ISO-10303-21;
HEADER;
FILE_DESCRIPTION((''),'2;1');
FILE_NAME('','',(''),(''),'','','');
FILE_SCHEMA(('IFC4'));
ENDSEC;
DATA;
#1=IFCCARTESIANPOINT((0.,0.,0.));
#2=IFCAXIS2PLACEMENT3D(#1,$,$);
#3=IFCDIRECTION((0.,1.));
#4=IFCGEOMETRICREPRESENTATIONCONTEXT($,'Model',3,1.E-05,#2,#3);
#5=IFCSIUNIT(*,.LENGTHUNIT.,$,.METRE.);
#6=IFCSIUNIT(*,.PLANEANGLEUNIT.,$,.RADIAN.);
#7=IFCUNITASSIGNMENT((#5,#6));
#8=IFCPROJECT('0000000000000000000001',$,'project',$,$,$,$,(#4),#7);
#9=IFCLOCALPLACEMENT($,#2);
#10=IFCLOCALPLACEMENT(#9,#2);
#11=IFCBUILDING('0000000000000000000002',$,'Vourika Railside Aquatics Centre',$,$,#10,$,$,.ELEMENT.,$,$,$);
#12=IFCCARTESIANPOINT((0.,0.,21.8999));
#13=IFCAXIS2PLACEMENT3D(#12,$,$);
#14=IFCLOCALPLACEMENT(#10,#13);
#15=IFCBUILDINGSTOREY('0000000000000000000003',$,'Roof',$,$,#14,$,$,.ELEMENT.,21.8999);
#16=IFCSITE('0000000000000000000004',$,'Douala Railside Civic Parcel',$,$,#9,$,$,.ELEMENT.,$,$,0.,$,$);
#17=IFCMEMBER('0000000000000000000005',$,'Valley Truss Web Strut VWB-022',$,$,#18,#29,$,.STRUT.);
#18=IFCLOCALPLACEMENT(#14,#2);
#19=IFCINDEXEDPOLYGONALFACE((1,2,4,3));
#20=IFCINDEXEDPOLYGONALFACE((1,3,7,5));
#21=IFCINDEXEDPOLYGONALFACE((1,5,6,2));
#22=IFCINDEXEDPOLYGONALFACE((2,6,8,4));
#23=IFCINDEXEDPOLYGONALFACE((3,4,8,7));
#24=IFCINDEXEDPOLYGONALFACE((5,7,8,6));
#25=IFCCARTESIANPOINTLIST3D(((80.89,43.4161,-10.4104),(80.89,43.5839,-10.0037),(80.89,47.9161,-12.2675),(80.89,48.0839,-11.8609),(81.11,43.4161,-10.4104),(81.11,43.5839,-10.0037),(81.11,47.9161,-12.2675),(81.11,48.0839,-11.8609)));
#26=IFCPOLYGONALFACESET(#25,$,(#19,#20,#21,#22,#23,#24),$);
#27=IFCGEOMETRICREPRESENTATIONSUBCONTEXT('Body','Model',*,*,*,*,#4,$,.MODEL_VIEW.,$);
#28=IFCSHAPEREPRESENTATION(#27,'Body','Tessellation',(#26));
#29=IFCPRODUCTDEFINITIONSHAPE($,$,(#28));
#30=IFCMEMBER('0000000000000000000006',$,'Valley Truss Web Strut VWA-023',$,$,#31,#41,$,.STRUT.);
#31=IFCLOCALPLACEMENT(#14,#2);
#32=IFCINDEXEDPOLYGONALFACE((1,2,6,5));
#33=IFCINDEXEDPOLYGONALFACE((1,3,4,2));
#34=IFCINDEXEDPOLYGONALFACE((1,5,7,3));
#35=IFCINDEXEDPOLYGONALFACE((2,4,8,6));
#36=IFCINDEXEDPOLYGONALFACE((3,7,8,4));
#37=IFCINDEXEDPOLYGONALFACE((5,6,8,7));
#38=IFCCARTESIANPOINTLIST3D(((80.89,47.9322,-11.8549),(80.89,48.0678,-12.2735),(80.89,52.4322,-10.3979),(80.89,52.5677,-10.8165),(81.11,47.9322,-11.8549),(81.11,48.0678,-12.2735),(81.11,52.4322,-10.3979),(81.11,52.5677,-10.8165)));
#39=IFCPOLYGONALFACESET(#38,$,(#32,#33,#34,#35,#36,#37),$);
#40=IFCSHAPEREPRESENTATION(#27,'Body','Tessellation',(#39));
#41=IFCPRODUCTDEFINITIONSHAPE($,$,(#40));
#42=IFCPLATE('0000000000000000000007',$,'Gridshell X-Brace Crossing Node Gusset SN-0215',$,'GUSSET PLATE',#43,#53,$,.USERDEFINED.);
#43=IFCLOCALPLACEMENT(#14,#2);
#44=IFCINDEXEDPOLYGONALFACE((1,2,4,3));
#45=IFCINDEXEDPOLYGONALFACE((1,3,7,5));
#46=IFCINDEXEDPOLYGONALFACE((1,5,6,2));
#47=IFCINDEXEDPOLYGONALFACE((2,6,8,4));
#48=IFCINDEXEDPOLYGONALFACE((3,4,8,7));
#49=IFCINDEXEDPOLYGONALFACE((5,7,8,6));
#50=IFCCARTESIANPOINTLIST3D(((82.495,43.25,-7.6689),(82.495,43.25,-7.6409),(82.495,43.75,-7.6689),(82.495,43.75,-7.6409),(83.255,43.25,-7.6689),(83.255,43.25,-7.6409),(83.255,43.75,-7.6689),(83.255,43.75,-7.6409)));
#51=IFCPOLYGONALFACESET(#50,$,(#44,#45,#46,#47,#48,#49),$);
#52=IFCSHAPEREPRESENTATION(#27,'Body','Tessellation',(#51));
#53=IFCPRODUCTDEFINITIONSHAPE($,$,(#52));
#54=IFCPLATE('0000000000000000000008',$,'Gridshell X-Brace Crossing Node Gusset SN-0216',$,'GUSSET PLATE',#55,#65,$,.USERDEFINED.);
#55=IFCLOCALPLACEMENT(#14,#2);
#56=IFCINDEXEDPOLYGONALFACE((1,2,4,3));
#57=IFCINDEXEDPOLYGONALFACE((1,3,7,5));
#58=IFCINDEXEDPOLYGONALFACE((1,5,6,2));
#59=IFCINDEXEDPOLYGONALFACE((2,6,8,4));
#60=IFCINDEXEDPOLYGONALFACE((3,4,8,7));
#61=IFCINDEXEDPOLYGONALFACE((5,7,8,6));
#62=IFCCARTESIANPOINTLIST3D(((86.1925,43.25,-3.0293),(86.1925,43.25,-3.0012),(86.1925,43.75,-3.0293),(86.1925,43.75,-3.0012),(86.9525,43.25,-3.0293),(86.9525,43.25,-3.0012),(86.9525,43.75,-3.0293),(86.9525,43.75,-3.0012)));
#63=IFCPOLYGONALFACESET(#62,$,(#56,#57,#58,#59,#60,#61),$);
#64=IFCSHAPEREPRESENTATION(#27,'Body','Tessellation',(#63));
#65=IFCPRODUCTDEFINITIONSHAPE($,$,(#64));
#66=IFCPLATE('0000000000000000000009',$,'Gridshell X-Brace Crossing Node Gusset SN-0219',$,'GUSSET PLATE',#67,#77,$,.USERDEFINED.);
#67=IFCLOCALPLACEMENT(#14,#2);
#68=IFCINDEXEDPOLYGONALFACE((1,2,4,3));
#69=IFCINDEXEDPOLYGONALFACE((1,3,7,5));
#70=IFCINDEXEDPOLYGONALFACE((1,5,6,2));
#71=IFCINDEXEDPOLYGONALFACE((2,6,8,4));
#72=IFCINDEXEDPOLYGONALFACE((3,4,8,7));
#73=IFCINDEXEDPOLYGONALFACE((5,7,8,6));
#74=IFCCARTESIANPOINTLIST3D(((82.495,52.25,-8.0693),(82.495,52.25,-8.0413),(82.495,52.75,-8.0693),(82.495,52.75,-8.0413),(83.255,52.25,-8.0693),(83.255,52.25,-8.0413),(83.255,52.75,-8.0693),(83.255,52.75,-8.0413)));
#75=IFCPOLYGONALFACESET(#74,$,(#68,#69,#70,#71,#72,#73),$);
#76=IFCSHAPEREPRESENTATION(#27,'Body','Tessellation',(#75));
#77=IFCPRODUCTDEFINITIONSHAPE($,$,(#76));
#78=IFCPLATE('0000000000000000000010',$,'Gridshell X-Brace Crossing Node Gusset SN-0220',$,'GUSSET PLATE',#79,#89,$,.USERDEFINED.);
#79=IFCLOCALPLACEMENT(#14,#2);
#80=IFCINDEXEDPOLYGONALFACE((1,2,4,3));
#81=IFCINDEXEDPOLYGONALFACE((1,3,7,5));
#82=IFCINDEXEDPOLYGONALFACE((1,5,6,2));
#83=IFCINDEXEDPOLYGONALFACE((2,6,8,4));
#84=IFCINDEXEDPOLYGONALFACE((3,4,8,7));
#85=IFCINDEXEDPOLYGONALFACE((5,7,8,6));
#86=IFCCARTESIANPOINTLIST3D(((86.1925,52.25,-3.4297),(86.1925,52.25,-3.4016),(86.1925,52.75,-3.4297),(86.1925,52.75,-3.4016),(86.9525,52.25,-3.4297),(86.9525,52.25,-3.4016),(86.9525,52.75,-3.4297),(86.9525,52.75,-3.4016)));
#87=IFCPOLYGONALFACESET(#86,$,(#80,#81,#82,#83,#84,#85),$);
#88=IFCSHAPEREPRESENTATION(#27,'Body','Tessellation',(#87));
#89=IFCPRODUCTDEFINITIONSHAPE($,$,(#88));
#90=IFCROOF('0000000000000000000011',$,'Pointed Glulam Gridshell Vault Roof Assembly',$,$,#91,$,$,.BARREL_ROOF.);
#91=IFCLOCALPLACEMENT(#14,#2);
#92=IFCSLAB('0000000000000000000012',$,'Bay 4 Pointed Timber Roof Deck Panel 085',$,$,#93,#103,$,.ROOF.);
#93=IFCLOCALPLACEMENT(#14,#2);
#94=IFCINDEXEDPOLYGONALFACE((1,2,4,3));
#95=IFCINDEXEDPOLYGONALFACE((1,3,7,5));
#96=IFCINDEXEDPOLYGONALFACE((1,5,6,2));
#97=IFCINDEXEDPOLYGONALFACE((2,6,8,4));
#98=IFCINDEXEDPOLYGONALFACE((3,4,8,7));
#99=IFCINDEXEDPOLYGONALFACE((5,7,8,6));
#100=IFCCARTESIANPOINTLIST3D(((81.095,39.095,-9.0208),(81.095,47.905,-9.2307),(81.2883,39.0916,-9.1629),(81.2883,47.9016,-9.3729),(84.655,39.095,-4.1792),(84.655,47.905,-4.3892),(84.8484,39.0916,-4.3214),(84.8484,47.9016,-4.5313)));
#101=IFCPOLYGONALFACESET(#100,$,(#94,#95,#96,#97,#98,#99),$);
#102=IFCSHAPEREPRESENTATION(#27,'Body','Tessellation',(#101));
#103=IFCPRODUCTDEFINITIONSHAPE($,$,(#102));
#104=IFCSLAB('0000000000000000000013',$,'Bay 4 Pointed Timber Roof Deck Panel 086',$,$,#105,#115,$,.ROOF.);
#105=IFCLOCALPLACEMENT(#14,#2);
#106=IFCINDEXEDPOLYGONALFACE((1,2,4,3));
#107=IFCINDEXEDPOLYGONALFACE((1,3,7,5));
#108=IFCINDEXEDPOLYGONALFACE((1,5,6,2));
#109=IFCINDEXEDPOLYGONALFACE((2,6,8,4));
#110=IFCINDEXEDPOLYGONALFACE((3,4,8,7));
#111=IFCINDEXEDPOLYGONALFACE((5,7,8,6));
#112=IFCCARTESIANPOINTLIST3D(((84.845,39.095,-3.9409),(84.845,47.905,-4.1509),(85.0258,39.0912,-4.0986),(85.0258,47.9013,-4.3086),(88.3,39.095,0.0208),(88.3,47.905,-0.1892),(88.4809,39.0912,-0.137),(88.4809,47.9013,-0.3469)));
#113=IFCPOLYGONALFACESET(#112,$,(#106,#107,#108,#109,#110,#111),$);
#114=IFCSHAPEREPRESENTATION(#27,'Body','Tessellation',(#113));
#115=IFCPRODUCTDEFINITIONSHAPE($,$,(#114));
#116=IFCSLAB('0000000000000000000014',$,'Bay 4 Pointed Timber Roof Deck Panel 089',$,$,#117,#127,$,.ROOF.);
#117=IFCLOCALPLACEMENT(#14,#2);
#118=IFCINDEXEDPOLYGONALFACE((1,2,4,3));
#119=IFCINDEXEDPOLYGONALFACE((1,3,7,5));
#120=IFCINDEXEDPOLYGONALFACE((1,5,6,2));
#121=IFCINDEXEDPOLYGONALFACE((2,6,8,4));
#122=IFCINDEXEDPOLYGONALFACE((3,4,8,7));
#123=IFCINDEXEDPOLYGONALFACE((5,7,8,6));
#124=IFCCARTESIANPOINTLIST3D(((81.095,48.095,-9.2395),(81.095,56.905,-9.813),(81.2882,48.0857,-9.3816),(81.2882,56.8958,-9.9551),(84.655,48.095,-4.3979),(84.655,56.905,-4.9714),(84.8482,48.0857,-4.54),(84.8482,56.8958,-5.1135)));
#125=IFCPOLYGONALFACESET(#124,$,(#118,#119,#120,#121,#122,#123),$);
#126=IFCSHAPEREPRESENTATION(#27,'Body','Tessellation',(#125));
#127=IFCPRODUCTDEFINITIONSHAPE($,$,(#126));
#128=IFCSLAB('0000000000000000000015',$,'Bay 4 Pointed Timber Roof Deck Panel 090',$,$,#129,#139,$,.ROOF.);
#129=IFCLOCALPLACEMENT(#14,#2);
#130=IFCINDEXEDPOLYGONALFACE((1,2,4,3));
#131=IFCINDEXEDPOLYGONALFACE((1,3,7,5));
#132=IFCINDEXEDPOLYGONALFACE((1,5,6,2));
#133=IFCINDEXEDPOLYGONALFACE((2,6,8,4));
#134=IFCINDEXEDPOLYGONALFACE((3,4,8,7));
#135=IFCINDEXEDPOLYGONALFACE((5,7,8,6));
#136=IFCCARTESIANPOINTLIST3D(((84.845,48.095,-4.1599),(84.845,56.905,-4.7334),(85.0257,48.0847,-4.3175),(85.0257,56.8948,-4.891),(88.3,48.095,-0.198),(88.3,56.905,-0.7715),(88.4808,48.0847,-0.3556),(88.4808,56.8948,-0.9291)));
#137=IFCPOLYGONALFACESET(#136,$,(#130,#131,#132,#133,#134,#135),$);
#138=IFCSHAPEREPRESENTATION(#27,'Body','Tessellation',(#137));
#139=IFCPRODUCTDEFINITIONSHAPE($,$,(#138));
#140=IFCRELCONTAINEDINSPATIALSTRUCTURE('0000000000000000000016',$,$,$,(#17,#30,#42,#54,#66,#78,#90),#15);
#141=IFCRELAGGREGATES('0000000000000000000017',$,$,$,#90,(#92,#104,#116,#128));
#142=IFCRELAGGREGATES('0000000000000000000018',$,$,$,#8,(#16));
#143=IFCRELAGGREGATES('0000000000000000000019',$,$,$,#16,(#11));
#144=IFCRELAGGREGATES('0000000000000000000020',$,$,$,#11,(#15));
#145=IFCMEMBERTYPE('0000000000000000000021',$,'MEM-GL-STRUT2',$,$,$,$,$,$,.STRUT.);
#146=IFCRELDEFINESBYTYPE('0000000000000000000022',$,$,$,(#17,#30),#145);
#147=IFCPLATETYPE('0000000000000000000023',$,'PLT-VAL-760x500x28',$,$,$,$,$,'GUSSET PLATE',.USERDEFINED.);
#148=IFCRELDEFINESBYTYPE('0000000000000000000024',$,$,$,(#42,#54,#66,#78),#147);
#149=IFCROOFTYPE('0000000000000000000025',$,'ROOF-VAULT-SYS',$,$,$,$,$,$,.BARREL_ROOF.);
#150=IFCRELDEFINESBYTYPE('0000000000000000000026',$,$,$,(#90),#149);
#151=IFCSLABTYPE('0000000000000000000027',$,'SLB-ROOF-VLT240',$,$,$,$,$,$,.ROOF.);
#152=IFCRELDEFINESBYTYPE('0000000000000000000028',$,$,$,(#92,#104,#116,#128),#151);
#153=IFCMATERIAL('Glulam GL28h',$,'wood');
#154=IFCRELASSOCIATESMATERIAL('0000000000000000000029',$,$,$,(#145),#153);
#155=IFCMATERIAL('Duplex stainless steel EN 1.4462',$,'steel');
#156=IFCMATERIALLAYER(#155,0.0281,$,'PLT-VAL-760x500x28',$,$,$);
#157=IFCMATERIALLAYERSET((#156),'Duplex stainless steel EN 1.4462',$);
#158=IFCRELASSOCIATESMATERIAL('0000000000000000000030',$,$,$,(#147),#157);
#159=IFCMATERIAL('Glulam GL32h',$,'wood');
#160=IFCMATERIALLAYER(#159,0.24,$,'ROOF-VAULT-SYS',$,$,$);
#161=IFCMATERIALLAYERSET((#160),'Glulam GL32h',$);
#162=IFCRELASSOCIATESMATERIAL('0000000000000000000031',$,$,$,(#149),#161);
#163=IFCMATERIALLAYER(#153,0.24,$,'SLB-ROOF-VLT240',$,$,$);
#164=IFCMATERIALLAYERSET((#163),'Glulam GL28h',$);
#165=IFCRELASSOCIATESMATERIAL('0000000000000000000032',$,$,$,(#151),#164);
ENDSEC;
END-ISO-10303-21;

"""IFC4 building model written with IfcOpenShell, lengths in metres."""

from ifc_helpers import new_model, si_unit, direction, frame, origin, origin_2d, place, context, subcontext, project, spatial, polyline, rectangle, outline, extrude, material, layer, layer_set, material_profile, profile_set, type_object, element, aggregate, save


model = new_model("IFC4")

# Units and contexts
model_context = context("Model", 3, precision=1e-05, world=origin(), true_north=direction((0.0, 1.0)))
body_context = subcontext(model_context, "Body", "Model", "MODEL_VIEW")
ifc_project = project(units=[si_unit("LENGTHUNIT", "METRE"), si_unit("PLANEANGLEUNIT", "RADIAN")], contexts=[model_context])

# Site, building, storey
site_placement = place(None, origin())
site = spatial("IfcSite", under=ifc_project, at=site_placement, Name="Douala Railside Civic Parcel", CompositionType="ELEMENT", RefElevation=0.0)
building_placement = place(site_placement, origin())
building = spatial("IfcBuilding", under=site, at=building_placement, Name="Vourika Railside Aquatics Centre", CompositionType="ELEMENT")
storey_placement = place(building_placement, frame((0.0, 0.0, 21.8999)))
storey = spatial("IfcBuildingStorey", under=building, at=storey_placement, Name="Roof", CompositionType="ELEMENT", Elevation=21.8999)

# Shared definitions
ifc_material_1 = material(Name="Glulam GL32h", Category="wood")

# Members
ifc_material_2 = material(Name="Glulam GL28h", Category="wood")
ifc_material_profile_1 = material_profile(ifc_material_2, rectangle(XDim=0.22, YDim=0.4399, at=origin_2d()), Name="GL28h 220x440")
ifc_profile_set_1 = profile_set([ifc_material_profile_1], Name="Glulam GL28h")
member_type_1 = type_object("IfcMemberType", Name="MEM-GL-STRUT2", PredefinedType="STRUT", material=ifc_profile_set_1)
member_1_placement = place(storey_placement, frame((81.0, 43.5, -10.207), z_axis=(0.0, 0.924371, -0.381494), x_axis=(-1.0, 0.0, 0.0)))
element("IfcMember", 1, at=member_1_placement, inside=storey, type_object=member_type_1, Name="Valley Truss Web Strut VWB-022", PredefinedType="STRUT", context=body_context, shape_type="SweptSolid", body=[
    extrude(rectangle(XDim=0.22, YDim=0.4399, at=origin_2d()), origin(), (0.0, 0.0, 1.0), 4.8682),
])
member_2_placement = place(storey_placement, frame((81.0, 48.0, -12.0642), z_axis=(0.0, 0.951373, 0.30804), x_axis=(-1.0, 0.0, 0.0)))
element("IfcMember", 2, at=member_2_placement, inside=storey, type_object=member_type_1, Name="Valley Truss Web Strut VWA-023", PredefinedType="STRUT", context=body_context, shape_type="SweptSolid", body=[
    extrude(rectangle(XDim=0.22, YDim=0.4399, at=origin_2d()), origin(), (0.0, 0.0, 1.0), 4.73),
])

# Plates
ifc_material_3 = material(Name="Duplex stainless steel EN 1.4462", Category="steel")
ifc_layer_1 = layer(ifc_material_3, 0.0281, Name="PLT-VAL-760x500x28")
ifc_layer_set_1 = layer_set([ifc_layer_1], Name="Duplex stainless steel EN 1.4462")
plate_type = type_object("IfcPlateType", Name="PLT-VAL-760x500x28", ElementType="GUSSET PLATE", PredefinedType="USERDEFINED", material=ifc_layer_set_1)
for number, where, z_axis, x_axis, name in (
    (3, (82.875, 43.5, -7.6689), (0.0, 0.0, 1.0), (1.0, 0.0, 0.0), "Gridshell X-Brace Crossing Node Gusset SN-0215"),
    (4, (86.5725, 43.5, -3.0293), (0.0, 0.0, 1.0), (1.0, 0.0, 0.0), "Gridshell X-Brace Crossing Node Gusset SN-0216"),
    (5, (82.875, 52.5, -8.0693), (0.0, 0.0, 1.0), (1.0, 0.0, 0.0), "Gridshell X-Brace Crossing Node Gusset SN-0219"),
    (6, (86.5725, 52.5, -3.4297), (0.0, 0.0, 1.0), (1.0, 0.0, 0.0), "Gridshell X-Brace Crossing Node Gusset SN-0220"),
):
    element("IfcPlate", number, at=place(storey_placement, frame(where, z_axis=z_axis, x_axis=x_axis)), inside=storey, type_object=plate_type, Name=name, ObjectType="GUSSET PLATE", PredefinedType="USERDEFINED", context=body_context, shape_type="SweptSolid", body=[
        extrude(rectangle(XDim=0.76, YDim=0.5, at=origin_2d()), origin(), (0.0, 0.0, 1.0), 0.0281),
    ])

# Roof, slabs
ifc_layer_2 = layer(ifc_material_1, 0.24, Name="ROOF-VAULT-SYS")
ifc_layer_set_2 = layer_set([ifc_layer_2], Name="Glulam GL32h")
roof_type = type_object("IfcRoofType", Name="ROOF-VAULT-SYS", PredefinedType="BARREL_ROOF", material=ifc_layer_set_2)
roof_placement = place(storey_placement, origin())
roof = element("IfcRoof", 7, at=roof_placement, inside=storey, type_object=roof_type, Name="Pointed Glulam Gridshell Vault Roof Assembly", PredefinedType="BARREL_ROOF")
ifc_layer_3 = layer(ifc_material_2, 0.24, Name="SLB-ROOF-VLT240")
ifc_layer_set_3 = layer_set([ifc_layer_3], Name="Glulam GL28h")
slab_type = type_object("IfcSlabType", Name="SLB-ROOF-VLT240", PredefinedType="ROOF", material=ifc_layer_set_3)
slab_1_placement = place(storey_placement, frame((81.095, 39.095, -9.0208), z_axis=(-0.805563, 0.014117, 0.592342), x_axis=(0.592401, 0.0, 0.805644)))
slab_1 = element("IfcSlab", 8, at=slab_1_placement, type_object=slab_type, Name="Bay 4 Pointed Timber Roof Deck Panel 085", PredefinedType="ROOF", context=body_context, shape_type="SweptSolid", body=[
    extrude(outline(polyline([(0.0, 0.0), (6.0095, 0.0), (5.8404, 8.8109), (-0.1692, 8.8109), (0.0, 0.0)])), origin(), (0.0, 0.0, -1.0), 0.24),
])
slab_2_placement = place(storey_placement, frame((84.845, 39.095, -3.9409), z_axis=(-0.753556, 0.015662, 0.657197), x_axis=(0.657277, 0.0, 0.753649)))
slab_2 = element("IfcSlab", 9, at=slab_2_placement, type_object=slab_type, Name="Bay 4 Pointed Timber Roof Deck Panel 086", PredefinedType="ROOF", context=body_context, shape_type="SweptSolid", body=[
    extrude(outline(polyline([(0.0, 0.0), (5.2567, 0.0), (5.0984, 8.8111), (-0.1582, 8.8111), (0.0, 0.0)])), origin(), (0.0, 0.0, -1.0), 0.24),
])
slab_3_placement = place(storey_placement, frame((81.095, 48.095, -9.2395), z_axis=(-0.805045, 0.038533, 0.591961), x_axis=(0.592401, 0.0, 0.805644)))
slab_3 = element("IfcSlab", 10, at=slab_3_placement, type_object=slab_type, Name="Bay 4 Pointed Timber Roof Deck Panel 089", PredefinedType="ROOF", context=body_context, shape_type="SweptSolid", body=[
    extrude(outline(polyline([(0.0, 0.0), (6.0095, 0.0), (5.5475, 8.8166), (-0.462, 8.8166), (0.0, 0.0)])), origin(), (0.0, 0.0, -1.0), 0.24),
])
slab_4_placement = place(storey_placement, frame((84.845, 48.095, -4.1599), z_axis=(-0.75298, 0.042745, 0.656654), x_axis=(0.657254, 0.0, 0.753669)))
slab_4 = element("IfcSlab", 11, at=slab_4_placement, type_object=slab_type, Name="Bay 4 Pointed Timber Roof Deck Panel 090", PredefinedType="ROOF", context=body_context, shape_type="SweptSolid", body=[
    extrude(outline(polyline([(0.0, 0.0), (5.2568, 0.0), (4.8246, 8.8181), (-0.4322, 8.8181), (0.0, 0.0)])), origin(), (0.0, 0.0, -1.0), 0.24),
])
aggregate(roof, [slab_1, slab_2, slab_3, slab_4])

save(model, "model.ifc")
